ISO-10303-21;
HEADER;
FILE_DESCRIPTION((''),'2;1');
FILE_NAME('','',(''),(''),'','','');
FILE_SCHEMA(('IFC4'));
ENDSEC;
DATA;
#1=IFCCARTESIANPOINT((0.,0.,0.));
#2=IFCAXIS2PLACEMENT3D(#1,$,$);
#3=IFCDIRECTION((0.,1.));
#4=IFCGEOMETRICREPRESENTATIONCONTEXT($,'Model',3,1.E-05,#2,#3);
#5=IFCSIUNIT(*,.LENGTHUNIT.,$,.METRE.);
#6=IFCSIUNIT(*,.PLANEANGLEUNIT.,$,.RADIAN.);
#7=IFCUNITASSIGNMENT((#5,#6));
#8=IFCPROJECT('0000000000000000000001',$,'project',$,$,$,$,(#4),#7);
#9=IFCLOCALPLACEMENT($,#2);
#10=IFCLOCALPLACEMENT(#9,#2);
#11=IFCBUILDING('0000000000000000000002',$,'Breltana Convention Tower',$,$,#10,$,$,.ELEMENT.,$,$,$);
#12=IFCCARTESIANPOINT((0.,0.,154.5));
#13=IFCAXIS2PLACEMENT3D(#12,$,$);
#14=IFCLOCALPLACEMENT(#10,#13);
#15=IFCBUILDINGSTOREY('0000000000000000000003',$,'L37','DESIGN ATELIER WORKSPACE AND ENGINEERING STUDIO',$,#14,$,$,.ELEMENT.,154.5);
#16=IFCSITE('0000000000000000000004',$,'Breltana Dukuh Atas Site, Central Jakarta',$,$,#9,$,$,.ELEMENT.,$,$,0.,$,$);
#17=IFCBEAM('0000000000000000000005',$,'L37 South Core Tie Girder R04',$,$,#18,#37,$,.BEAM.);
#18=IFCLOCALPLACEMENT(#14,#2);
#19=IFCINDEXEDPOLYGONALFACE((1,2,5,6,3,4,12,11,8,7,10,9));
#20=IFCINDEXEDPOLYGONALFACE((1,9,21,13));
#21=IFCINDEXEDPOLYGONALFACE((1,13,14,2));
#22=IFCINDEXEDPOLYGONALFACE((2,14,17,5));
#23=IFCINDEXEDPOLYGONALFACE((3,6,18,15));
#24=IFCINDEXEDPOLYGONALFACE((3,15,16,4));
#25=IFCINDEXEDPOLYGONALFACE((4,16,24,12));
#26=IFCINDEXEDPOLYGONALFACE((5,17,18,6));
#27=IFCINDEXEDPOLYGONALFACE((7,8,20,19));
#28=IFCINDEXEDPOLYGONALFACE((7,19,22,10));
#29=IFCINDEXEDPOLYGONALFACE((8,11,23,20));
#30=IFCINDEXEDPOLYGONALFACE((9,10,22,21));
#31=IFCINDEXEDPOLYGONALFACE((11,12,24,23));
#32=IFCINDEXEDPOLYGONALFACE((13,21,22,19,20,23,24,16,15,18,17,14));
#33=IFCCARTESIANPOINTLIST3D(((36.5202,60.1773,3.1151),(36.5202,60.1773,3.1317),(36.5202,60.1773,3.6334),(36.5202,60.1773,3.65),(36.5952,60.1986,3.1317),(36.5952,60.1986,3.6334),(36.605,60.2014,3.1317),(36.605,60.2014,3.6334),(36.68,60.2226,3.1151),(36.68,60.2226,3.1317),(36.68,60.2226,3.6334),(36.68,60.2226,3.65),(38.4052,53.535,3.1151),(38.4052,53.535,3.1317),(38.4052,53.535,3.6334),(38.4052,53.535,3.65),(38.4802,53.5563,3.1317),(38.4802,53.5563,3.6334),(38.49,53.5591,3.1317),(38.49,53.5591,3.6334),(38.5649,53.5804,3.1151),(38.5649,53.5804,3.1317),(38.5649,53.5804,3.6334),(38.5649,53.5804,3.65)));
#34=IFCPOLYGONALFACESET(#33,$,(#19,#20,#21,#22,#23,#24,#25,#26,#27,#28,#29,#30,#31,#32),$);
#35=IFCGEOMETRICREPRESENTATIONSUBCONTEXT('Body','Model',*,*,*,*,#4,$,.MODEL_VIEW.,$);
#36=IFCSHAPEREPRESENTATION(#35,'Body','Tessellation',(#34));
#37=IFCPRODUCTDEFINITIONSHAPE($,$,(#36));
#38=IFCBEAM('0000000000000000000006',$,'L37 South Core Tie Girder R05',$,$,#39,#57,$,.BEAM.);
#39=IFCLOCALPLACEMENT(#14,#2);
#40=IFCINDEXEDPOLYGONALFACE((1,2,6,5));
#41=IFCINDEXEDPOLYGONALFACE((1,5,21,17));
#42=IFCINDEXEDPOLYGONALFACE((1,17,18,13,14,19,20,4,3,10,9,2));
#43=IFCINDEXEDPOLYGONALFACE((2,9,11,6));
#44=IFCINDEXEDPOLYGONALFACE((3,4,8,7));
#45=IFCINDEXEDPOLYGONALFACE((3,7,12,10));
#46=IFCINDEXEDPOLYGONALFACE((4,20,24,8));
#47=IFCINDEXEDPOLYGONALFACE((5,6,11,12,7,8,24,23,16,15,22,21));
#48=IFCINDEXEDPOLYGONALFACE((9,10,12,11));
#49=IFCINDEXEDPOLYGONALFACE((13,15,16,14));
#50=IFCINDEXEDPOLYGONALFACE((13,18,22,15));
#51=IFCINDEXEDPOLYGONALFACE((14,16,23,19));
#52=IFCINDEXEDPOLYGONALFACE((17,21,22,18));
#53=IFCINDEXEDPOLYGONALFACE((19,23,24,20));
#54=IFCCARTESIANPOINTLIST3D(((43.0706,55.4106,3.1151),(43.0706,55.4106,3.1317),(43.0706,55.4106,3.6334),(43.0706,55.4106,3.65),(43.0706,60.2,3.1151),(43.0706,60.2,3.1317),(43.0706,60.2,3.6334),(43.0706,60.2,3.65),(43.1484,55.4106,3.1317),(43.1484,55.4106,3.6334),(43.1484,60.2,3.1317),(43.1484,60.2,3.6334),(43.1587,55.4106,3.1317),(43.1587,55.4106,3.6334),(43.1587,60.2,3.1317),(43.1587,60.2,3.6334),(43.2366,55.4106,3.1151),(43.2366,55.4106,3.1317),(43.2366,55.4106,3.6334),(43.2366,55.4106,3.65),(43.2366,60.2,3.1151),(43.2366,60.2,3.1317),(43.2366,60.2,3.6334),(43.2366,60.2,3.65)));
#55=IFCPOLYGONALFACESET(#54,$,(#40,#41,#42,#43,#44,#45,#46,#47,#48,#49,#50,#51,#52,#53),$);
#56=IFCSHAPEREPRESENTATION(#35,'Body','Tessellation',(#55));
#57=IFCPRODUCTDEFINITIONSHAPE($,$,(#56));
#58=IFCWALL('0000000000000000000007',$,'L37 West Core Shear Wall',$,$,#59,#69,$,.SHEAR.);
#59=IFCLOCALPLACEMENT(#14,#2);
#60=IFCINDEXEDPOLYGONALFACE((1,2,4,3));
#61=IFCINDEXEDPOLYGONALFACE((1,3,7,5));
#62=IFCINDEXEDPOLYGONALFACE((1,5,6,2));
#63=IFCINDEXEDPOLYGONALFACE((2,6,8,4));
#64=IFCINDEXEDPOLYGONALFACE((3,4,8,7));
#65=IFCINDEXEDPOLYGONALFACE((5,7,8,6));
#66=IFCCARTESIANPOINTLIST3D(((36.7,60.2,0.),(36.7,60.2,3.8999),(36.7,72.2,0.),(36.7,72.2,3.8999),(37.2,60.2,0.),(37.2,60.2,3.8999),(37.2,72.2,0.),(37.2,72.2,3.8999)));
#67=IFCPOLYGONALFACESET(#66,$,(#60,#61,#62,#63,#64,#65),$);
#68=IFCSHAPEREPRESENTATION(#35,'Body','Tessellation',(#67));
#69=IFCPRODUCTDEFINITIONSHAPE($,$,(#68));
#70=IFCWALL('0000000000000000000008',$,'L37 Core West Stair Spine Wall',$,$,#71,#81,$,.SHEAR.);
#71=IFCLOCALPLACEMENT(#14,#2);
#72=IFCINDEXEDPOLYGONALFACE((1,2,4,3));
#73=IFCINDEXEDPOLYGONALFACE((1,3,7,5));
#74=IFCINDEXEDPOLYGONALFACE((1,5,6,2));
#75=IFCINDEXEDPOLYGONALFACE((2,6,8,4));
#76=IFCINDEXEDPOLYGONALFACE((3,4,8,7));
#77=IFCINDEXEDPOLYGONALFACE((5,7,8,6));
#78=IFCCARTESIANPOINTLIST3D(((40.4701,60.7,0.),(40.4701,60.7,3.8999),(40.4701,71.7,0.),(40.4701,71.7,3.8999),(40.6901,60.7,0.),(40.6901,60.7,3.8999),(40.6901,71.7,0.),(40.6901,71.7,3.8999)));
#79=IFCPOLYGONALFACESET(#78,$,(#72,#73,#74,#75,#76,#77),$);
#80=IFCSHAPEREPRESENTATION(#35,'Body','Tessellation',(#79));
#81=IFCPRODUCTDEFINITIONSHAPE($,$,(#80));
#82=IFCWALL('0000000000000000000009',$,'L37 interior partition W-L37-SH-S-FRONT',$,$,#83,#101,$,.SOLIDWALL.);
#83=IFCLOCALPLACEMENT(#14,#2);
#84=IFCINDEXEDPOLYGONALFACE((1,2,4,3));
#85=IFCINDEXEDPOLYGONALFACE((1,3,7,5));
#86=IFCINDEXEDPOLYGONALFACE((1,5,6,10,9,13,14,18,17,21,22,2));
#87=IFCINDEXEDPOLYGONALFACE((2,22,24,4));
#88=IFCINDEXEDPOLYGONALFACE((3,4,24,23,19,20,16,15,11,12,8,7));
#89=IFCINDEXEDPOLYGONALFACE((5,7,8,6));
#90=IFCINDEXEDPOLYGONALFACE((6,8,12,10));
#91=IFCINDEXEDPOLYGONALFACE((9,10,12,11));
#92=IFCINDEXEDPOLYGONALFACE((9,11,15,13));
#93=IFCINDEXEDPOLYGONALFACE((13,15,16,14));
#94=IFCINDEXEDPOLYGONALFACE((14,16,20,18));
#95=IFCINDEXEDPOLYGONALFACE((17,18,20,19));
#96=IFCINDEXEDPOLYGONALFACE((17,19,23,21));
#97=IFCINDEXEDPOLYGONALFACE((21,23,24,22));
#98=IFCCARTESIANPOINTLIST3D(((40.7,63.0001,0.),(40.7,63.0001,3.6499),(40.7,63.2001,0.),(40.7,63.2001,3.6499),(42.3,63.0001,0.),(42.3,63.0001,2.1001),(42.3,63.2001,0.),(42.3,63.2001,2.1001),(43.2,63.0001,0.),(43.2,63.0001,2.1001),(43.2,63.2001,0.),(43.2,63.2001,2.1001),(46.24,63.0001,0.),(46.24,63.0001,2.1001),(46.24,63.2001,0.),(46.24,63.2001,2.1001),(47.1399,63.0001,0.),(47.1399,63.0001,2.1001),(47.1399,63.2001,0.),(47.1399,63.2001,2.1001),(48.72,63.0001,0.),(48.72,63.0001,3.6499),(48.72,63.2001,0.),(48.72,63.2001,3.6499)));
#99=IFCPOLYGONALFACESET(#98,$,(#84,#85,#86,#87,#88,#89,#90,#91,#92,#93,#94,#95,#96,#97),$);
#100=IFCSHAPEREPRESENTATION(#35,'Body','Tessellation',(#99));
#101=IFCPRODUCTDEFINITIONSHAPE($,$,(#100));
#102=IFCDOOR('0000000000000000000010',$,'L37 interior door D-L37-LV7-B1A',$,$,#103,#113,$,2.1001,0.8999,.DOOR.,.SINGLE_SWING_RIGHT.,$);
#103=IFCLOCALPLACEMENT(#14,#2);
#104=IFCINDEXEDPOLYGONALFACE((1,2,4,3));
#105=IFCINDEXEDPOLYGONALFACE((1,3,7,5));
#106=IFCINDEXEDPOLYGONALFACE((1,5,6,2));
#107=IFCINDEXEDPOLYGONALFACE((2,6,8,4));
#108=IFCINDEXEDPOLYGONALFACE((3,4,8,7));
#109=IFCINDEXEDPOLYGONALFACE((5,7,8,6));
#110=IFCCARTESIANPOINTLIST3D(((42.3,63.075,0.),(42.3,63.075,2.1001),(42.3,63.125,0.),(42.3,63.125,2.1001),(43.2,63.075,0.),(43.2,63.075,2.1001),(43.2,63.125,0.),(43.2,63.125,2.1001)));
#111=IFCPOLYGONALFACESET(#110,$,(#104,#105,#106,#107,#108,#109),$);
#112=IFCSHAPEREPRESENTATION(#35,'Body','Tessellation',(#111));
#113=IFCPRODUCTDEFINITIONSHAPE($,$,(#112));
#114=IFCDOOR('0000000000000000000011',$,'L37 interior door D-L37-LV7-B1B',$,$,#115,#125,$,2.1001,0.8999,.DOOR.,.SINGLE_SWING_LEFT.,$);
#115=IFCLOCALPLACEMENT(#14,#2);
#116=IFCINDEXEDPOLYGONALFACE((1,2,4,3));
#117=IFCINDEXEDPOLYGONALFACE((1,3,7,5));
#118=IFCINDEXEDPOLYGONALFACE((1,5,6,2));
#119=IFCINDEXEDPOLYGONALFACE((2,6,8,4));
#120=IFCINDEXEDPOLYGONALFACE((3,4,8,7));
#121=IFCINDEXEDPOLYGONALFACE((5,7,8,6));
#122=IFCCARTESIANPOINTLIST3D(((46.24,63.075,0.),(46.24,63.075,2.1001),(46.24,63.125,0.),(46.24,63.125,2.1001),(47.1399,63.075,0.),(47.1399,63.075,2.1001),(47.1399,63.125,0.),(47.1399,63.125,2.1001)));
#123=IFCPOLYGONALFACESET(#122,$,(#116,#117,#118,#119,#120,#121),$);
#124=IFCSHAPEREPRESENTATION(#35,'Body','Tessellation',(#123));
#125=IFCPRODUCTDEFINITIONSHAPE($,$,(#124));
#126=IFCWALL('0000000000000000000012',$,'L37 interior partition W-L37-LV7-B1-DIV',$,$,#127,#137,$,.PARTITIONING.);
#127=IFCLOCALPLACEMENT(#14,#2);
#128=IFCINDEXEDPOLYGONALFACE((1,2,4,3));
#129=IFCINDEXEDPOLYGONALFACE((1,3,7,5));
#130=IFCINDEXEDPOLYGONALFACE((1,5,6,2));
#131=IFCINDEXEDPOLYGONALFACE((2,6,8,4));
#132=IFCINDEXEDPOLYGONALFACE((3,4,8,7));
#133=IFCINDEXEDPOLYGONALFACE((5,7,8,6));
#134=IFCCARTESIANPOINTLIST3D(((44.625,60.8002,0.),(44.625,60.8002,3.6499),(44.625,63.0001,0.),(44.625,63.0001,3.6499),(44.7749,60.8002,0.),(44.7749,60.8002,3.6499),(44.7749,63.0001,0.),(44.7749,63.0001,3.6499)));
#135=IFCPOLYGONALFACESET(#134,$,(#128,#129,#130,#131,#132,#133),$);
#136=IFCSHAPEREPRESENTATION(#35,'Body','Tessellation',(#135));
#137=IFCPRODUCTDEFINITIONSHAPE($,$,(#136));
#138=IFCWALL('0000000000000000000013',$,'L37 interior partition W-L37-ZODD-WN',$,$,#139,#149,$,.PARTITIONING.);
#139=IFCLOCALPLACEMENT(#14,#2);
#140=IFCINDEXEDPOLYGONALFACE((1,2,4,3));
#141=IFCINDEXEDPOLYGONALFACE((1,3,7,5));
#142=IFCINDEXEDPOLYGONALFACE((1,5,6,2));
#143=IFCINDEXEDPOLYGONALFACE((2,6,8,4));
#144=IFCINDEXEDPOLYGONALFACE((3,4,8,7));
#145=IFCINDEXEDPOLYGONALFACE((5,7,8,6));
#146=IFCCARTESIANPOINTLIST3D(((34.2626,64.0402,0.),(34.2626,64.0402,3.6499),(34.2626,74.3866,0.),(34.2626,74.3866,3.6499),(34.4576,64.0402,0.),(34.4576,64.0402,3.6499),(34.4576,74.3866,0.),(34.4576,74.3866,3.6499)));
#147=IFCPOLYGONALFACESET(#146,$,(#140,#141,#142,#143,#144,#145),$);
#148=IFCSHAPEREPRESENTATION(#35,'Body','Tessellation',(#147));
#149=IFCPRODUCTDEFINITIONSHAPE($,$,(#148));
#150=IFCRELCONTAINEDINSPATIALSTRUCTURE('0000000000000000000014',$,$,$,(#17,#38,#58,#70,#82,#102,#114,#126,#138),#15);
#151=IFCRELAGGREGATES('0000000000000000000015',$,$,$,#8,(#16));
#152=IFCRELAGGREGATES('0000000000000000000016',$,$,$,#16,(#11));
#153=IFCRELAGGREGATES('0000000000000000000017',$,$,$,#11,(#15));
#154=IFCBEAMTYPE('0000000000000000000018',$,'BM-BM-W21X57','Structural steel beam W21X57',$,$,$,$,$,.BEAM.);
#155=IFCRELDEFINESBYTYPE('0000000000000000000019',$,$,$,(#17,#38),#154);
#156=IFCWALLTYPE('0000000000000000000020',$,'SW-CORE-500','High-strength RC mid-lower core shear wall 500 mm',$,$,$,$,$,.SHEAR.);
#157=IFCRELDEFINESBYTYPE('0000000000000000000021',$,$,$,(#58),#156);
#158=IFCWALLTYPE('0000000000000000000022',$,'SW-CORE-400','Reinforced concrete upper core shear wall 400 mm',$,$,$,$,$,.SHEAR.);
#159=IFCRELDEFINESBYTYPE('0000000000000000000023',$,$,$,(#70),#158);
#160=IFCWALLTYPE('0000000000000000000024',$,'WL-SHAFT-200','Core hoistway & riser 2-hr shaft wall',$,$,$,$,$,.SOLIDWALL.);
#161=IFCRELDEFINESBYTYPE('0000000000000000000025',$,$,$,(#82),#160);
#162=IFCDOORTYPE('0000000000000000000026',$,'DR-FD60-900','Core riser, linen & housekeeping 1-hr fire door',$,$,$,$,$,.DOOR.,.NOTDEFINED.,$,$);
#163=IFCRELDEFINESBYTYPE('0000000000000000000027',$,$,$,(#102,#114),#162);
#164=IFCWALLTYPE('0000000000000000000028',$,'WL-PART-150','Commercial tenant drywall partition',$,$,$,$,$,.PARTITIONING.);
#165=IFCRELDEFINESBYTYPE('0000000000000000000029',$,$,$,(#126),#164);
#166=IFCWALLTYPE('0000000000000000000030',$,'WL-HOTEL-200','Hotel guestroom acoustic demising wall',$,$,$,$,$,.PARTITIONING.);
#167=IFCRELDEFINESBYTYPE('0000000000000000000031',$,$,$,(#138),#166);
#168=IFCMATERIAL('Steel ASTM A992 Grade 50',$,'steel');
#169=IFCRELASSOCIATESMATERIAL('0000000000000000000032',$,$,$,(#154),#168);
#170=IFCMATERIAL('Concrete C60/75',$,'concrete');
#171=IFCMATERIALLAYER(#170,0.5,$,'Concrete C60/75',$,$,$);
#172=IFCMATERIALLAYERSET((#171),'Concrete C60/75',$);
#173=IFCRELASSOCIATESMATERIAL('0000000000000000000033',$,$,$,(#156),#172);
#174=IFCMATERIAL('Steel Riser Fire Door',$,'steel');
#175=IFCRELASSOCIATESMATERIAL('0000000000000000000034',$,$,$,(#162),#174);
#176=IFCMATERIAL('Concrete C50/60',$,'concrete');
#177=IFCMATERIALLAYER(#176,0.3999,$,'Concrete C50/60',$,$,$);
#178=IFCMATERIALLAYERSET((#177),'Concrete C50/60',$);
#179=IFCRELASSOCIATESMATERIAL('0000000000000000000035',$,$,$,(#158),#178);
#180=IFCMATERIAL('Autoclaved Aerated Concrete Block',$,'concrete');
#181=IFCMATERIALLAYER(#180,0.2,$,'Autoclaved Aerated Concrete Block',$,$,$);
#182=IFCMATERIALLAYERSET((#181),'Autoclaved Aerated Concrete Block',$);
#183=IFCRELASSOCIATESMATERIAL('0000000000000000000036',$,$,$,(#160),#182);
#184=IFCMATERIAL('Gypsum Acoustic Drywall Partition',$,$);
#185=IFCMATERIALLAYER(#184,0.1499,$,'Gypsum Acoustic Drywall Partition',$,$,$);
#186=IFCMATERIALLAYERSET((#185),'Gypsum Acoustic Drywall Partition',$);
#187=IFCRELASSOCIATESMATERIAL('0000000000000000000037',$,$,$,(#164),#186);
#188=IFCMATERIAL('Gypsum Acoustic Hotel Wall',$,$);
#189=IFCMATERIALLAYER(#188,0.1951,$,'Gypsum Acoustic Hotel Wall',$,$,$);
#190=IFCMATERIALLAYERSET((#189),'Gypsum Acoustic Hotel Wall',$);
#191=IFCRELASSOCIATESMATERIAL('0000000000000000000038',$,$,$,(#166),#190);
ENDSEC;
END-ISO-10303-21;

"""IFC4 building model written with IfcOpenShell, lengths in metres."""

from ifc_helpers import new_model, si_unit, direction, frame, frame_2d, origin, origin_2d, place, context, subcontext, project, spatial, rectangle, i_section, extrude, source, transform, mapped, material, layer, layer_set, material_profile, profile_set, type_object, type_shapes, element, fill, save


model = new_model("IFC4")

# Units and contexts
model_context = context("Model", 3, precision=1e-05, world=origin(), true_north=direction((0.0, 1.0)))
body_context = subcontext(model_context, "Body", "Model", "MODEL_VIEW")
ifc_project = project(units=[si_unit("LENGTHUNIT", "METRE"), si_unit("PLANEANGLEUNIT", "RADIAN")], contexts=[model_context])

# Site, building, storey
site_placement = place(None, origin())
site = spatial("IfcSite", under=ifc_project, at=site_placement, Name="Breltana Dukuh Atas Site, Central Jakarta", CompositionType="ELEMENT", RefElevation=0.0)
building_placement = place(site_placement, origin())
building = spatial("IfcBuilding", under=site, at=building_placement, Name="Breltana Convention Tower", CompositionType="ELEMENT")
storey_placement = place(building_placement, frame((0.0, 0.0, 154.5)))
storey = spatial("IfcBuildingStorey", under=building, at=storey_placement, Name="L37", Description="DESIGN ATELIER WORKSPACE AND ENGINEERING STUDIO", CompositionType="ELEMENT", Elevation=154.5)

# Beams
ifc_material_1 = material(Name="Steel ASTM A992 Grade 50", Category="steel")
ifc_material_profile = material_profile(ifc_material_1, i_section(OverallWidth=0.166, OverallDepth=0.5349, WebThickness=0.0103, FlangeThickness=0.0166, at=origin_2d()), Name="W21X57")
ifc_profile_set = profile_set([ifc_material_profile], Name="Steel ASTM A992 Grade 50")
beam_type = type_object("IfcBeamType", Name="BM-BM-W21X57", Description="Structural steel beam W21X57", PredefinedType="BEAM", material=ifc_profile_set)
shared_shape_1 = source(origin(), body_context, "Body", "SweptSolid", [
    extrude(i_section(OverallWidth=0.166, OverallDepth=0.5349, WebThickness=0.0103, FlangeThickness=0.0166, at=origin_2d()), origin(), (0.0, 0.0, 1.0), 6.9045),
])
type_shapes(beam_type, [shared_shape_1])
beam_1_placement = place(storey_placement, frame((36.6001, 60.2, 3.3826), z_axis=(0.273007, -0.962012, 0.0), x_axis=(0.962012, 0.273007, 0.0)))
element("IfcBeam", 1, at=beam_1_placement, inside=storey, type_object=beam_type, Name="L37 South Core Tie Girder R04", PredefinedType="BEAM", context=body_context, shape_type="MappedRepresentation", body=[
    mapped(shared_shape_1, transform((0.0, 0.0, 0.0), scale=1.0)),
])
shared_shape_2 = source(origin(), body_context, "Body", "SweptSolid", [
    extrude(i_section(OverallWidth=0.166, OverallDepth=0.5349, WebThickness=0.0103, FlangeThickness=0.0166, at=origin_2d()), origin(), (0.0, 0.0, 1.0), 4.7893),
])
beam_2_placement = place(storey_placement, frame((43.1536, 60.2, 3.3826), z_axis=(0.0, -1.0, 0.0), x_axis=(1.0, 0.0, 0.0)))
element("IfcBeam", 2, at=beam_2_placement, inside=storey, type_object=beam_type, Name="L37 South Core Tie Girder R05", PredefinedType="BEAM", context=body_context, shape_type="MappedRepresentation", body=[
    mapped(shared_shape_2, transform((0.0, 0.0, 0.0), scale=1.0)),
])

# Wall
ifc_material_2 = material(Name="Concrete C60/75", Category="concrete")
ifc_layer_1 = layer(ifc_material_2, 0.5, Name="Concrete C60/75")
ifc_layer_set_1 = layer_set([ifc_layer_1], Name="Concrete C60/75")
wall_type_1 = type_object("IfcWallType", Name="SW-CORE-500", Description="High-strength RC mid-lower core shear wall 500 mm", PredefinedType="SHEAR", material=ifc_layer_set_1)
shared_shape_3 = source(origin(), body_context, "Body", "SweptSolid", [
    extrude(rectangle(XDim=12.0, YDim=0.5, at=frame_2d((6.0, 0.0))), origin(), (0.0, 0.0, 1.0), 3.8999),
])
wall_1_placement = place(storey_placement, frame((36.95, 60.2, 0.0), z_axis=(0.0, 0.0, 1.0), x_axis=(0.0, 1.0, 0.0)))
element("IfcWall", 3, at=wall_1_placement, inside=storey, type_object=wall_type_1, Name="L37 West Core Shear Wall", PredefinedType="SHEAR", context=body_context, shape_type="MappedRepresentation", body=[
    mapped(shared_shape_3, transform((0.0, 0.0, 0.0), scale=1.0)),
])

# Shared definitions
ifc_material_3 = material(Name="Steel Riser Fire Door", Category="steel")
door_type_1 = type_object("IfcDoorType", Name="DR-FD60-900", Description="Core riser, linen & housekeeping 1-hr fire door", OperationType="NOTDEFINED", PredefinedType="DOOR", material=ifc_material_3)
shared_shape_4 = source(origin(), body_context, "Body", "SweptSolid", [
    extrude(rectangle(XDim=0.8999, YDim=2.1001, at=frame_2d((0.45, 1.05))), frame((0.0, 0.0249, 0.0), z_axis=(0.0, -1.0, 0.0), x_axis=(1.0, 0.0, 0.0)), (0.0, 0.0, 1.0), 0.05),
])
type_shapes(door_type_1, [shared_shape_4])

# Wall
ifc_material_4 = material(Name="Concrete C50/60", Category="concrete")
ifc_layer_2 = layer(ifc_material_4, 0.3999, Name="Concrete C50/60")
ifc_layer_set_2 = layer_set([ifc_layer_2], Name="Concrete C50/60")
wall_type_2 = type_object("IfcWallType", Name="SW-CORE-400", Description="Reinforced concrete upper core shear wall 400 mm", PredefinedType="SHEAR", material=ifc_layer_set_2)
shared_shape_5 = source(origin(), body_context, "Body", "SweptSolid", [
    extrude(rectangle(XDim=11.0, YDim=0.22, at=frame_2d((5.5, 0.0))), origin(), (0.0, 0.0, 1.0), 3.8999),
])
wall_2_placement = place(storey_placement, frame((40.5801, 60.7, 0.0), z_axis=(0.0, 0.0, 1.0), x_axis=(0.0, 1.0, 0.0)))
element("IfcWall", 4, at=wall_2_placement, inside=storey, type_object=wall_type_2, Name="L37 Core West Stair Spine Wall", PredefinedType="SHEAR", context=body_context, shape_type="MappedRepresentation", body=[
    mapped(shared_shape_5, transform((0.0, 0.0, 0.0), scale=1.0)),
])

# Wall, openings, doors
ifc_material_5 = material(Name="Autoclaved Aerated Concrete Block", Category="concrete")
ifc_layer_3 = layer(ifc_material_5, 0.2, Name="Autoclaved Aerated Concrete Block")
ifc_layer_set_3 = layer_set([ifc_layer_3], Name="Autoclaved Aerated Concrete Block")
wall_type_3 = type_object("IfcWallType", Name="WL-SHAFT-200", Description="Core hoistway & riser 2-hr shaft wall", PredefinedType="SOLIDWALL", material=ifc_layer_set_3)
shared_shape_6 = source(origin(), body_context, "Body", "SweptSolid", [
    extrude(rectangle(XDim=8.02, YDim=0.2, at=frame_2d((4.01, 0.0))), origin(), (0.0, 0.0, 1.0), 3.6499),
])
wall_3_placement = place(storey_placement, frame((40.7, 63.1001, 0.0), z_axis=(0.0, 0.0, 1.0), x_axis=(1.0, 0.0, 0.0)))
wall_3 = element("IfcWall", 5, at=wall_3_placement, inside=storey, type_object=wall_type_3, Name="L37 interior partition W-L37-SH-S-FRONT", PredefinedType="SOLIDWALL", context=body_context, shape_type="MappedRepresentation", body=[
    mapped(shared_shape_6, transform((0.0, 0.0, 0.0), scale=1.0)),
])
opening_1_placement = place(wall_3_placement, frame((1.6001, 0.0, 0.0)))
opening_1 = element("IfcOpeningElement", 6, at=opening_1_placement, cuts=wall_3, PredefinedType="OPENING", context=body_context, shape_type="SweptSolid", body=[
    extrude(rectangle(XDim=0.8999, YDim=2.1001, at=frame_2d((0.45, 1.05))), frame((0.0, 0.1099, 0.0), z_axis=(0.0, -1.0, 0.0), x_axis=(1.0, 0.0, 0.0)), (0.0, 0.0, 1.0), 0.22),
])
opening_2_placement = place(wall_3_placement, frame((5.54, 0.0, 0.0)))
opening_2 = element("IfcOpeningElement", 7, at=opening_2_placement, cuts=wall_3, PredefinedType="OPENING", context=body_context, shape_type="SweptSolid", body=[
    extrude(rectangle(XDim=0.8999, YDim=2.1001, at=frame_2d((0.45, 1.05))), frame((0.0, 0.1099, 0.0), z_axis=(0.0, -1.0, 0.0), x_axis=(1.0, 0.0, 0.0)), (0.0, 0.0, 1.0), 0.22),
])
door_1_placement = place(opening_1_placement, origin())
door_1 = element("IfcDoor", 8, at=door_1_placement, inside=storey, type_object=door_type_1, Name="L37 interior door D-L37-LV7-B1A", OperationType="SINGLE_SWING_RIGHT", OverallHeight=2.1001, OverallWidth=0.8999, PredefinedType="DOOR", context=body_context, shape_type="MappedRepresentation", body=[
    mapped(shared_shape_4, transform((0.0, 0.0, 0.0), scale=1.0)),
])
fill(opening_1, door_1)
door_2_placement = place(opening_2_placement, origin())
door_2 = element("IfcDoor", 9, at=door_2_placement, inside=storey, type_object=door_type_1, Name="L37 interior door D-L37-LV7-B1B", OperationType="SINGLE_SWING_LEFT", OverallHeight=2.1001, OverallWidth=0.8999, PredefinedType="DOOR", context=body_context, shape_type="MappedRepresentation", body=[
    mapped(shared_shape_4, transform((0.0, 0.0, 0.0), scale=1.0)),
])
fill(opening_2, door_2)

# Walls
ifc_material_6 = material(Name="Gypsum Acoustic Drywall Partition")
ifc_layer_4 = layer(ifc_material_6, 0.1499, Name="Gypsum Acoustic Drywall Partition")
ifc_layer_set_4 = layer_set([ifc_layer_4], Name="Gypsum Acoustic Drywall Partition")
wall_type_4 = type_object("IfcWallType", Name="WL-PART-150", Description="Commercial tenant drywall partition", PredefinedType="PARTITIONING", material=ifc_layer_set_4)
shared_shape_7 = source(origin(), body_context, "Body", "SweptSolid", [
    extrude(rectangle(XDim=2.2, YDim=0.1499, at=frame_2d((1.1001, 0.0))), origin(), (0.0, 0.0, 1.0), 3.6499),
])
wall_4_placement = place(storey_placement, frame((44.7, 60.8, 0.0), z_axis=(0.0, 0.0, 1.0), x_axis=(0.0, 1.0, 0.0)))
element("IfcWall", 10, at=wall_4_placement, inside=storey, type_object=wall_type_4, Name="L37 interior partition W-L37-LV7-B1-DIV", PredefinedType="PARTITIONING", context=body_context, shape_type="MappedRepresentation", body=[
    mapped(shared_shape_7, transform((0.0, 0.0, 0.0), scale=1.0)),
])
ifc_material_7 = material(Name="Gypsum Acoustic Hotel Wall")
ifc_layer_5 = layer(ifc_material_7, 0.1951, Name="Gypsum Acoustic Hotel Wall")
ifc_layer_set_5 = layer_set([ifc_layer_5], Name="Gypsum Acoustic Hotel Wall")
wall_type_5 = type_object("IfcWallType", Name="WL-HOTEL-200", Description="Hotel guestroom acoustic demising wall", PredefinedType="PARTITIONING", material=ifc_layer_set_5)
shared_shape_8 = source(origin(), body_context, "Body", "SweptSolid", [
    extrude(rectangle(XDim=10.3464, YDim=0.1951, at=frame_2d((5.1733, 0.0))), origin(), (0.0, 0.0, 1.0), 3.6499),
])
wall_5_placement = place(storey_placement, frame((34.3601, 64.04, 0.0), z_axis=(0.0, 0.0, 1.0), x_axis=(0.0, 1.0, 0.0)))
element("IfcWall", 11, at=wall_5_placement, inside=storey, type_object=wall_type_5, Name="L37 interior partition W-L37-ZODD-WN", PredefinedType="PARTITIONING", context=body_context, shape_type="MappedRepresentation", body=[
    mapped(shared_shape_8, transform((0.0, 0.0, 0.0), scale=1.0)),
])

save(model, "model.ifc")
